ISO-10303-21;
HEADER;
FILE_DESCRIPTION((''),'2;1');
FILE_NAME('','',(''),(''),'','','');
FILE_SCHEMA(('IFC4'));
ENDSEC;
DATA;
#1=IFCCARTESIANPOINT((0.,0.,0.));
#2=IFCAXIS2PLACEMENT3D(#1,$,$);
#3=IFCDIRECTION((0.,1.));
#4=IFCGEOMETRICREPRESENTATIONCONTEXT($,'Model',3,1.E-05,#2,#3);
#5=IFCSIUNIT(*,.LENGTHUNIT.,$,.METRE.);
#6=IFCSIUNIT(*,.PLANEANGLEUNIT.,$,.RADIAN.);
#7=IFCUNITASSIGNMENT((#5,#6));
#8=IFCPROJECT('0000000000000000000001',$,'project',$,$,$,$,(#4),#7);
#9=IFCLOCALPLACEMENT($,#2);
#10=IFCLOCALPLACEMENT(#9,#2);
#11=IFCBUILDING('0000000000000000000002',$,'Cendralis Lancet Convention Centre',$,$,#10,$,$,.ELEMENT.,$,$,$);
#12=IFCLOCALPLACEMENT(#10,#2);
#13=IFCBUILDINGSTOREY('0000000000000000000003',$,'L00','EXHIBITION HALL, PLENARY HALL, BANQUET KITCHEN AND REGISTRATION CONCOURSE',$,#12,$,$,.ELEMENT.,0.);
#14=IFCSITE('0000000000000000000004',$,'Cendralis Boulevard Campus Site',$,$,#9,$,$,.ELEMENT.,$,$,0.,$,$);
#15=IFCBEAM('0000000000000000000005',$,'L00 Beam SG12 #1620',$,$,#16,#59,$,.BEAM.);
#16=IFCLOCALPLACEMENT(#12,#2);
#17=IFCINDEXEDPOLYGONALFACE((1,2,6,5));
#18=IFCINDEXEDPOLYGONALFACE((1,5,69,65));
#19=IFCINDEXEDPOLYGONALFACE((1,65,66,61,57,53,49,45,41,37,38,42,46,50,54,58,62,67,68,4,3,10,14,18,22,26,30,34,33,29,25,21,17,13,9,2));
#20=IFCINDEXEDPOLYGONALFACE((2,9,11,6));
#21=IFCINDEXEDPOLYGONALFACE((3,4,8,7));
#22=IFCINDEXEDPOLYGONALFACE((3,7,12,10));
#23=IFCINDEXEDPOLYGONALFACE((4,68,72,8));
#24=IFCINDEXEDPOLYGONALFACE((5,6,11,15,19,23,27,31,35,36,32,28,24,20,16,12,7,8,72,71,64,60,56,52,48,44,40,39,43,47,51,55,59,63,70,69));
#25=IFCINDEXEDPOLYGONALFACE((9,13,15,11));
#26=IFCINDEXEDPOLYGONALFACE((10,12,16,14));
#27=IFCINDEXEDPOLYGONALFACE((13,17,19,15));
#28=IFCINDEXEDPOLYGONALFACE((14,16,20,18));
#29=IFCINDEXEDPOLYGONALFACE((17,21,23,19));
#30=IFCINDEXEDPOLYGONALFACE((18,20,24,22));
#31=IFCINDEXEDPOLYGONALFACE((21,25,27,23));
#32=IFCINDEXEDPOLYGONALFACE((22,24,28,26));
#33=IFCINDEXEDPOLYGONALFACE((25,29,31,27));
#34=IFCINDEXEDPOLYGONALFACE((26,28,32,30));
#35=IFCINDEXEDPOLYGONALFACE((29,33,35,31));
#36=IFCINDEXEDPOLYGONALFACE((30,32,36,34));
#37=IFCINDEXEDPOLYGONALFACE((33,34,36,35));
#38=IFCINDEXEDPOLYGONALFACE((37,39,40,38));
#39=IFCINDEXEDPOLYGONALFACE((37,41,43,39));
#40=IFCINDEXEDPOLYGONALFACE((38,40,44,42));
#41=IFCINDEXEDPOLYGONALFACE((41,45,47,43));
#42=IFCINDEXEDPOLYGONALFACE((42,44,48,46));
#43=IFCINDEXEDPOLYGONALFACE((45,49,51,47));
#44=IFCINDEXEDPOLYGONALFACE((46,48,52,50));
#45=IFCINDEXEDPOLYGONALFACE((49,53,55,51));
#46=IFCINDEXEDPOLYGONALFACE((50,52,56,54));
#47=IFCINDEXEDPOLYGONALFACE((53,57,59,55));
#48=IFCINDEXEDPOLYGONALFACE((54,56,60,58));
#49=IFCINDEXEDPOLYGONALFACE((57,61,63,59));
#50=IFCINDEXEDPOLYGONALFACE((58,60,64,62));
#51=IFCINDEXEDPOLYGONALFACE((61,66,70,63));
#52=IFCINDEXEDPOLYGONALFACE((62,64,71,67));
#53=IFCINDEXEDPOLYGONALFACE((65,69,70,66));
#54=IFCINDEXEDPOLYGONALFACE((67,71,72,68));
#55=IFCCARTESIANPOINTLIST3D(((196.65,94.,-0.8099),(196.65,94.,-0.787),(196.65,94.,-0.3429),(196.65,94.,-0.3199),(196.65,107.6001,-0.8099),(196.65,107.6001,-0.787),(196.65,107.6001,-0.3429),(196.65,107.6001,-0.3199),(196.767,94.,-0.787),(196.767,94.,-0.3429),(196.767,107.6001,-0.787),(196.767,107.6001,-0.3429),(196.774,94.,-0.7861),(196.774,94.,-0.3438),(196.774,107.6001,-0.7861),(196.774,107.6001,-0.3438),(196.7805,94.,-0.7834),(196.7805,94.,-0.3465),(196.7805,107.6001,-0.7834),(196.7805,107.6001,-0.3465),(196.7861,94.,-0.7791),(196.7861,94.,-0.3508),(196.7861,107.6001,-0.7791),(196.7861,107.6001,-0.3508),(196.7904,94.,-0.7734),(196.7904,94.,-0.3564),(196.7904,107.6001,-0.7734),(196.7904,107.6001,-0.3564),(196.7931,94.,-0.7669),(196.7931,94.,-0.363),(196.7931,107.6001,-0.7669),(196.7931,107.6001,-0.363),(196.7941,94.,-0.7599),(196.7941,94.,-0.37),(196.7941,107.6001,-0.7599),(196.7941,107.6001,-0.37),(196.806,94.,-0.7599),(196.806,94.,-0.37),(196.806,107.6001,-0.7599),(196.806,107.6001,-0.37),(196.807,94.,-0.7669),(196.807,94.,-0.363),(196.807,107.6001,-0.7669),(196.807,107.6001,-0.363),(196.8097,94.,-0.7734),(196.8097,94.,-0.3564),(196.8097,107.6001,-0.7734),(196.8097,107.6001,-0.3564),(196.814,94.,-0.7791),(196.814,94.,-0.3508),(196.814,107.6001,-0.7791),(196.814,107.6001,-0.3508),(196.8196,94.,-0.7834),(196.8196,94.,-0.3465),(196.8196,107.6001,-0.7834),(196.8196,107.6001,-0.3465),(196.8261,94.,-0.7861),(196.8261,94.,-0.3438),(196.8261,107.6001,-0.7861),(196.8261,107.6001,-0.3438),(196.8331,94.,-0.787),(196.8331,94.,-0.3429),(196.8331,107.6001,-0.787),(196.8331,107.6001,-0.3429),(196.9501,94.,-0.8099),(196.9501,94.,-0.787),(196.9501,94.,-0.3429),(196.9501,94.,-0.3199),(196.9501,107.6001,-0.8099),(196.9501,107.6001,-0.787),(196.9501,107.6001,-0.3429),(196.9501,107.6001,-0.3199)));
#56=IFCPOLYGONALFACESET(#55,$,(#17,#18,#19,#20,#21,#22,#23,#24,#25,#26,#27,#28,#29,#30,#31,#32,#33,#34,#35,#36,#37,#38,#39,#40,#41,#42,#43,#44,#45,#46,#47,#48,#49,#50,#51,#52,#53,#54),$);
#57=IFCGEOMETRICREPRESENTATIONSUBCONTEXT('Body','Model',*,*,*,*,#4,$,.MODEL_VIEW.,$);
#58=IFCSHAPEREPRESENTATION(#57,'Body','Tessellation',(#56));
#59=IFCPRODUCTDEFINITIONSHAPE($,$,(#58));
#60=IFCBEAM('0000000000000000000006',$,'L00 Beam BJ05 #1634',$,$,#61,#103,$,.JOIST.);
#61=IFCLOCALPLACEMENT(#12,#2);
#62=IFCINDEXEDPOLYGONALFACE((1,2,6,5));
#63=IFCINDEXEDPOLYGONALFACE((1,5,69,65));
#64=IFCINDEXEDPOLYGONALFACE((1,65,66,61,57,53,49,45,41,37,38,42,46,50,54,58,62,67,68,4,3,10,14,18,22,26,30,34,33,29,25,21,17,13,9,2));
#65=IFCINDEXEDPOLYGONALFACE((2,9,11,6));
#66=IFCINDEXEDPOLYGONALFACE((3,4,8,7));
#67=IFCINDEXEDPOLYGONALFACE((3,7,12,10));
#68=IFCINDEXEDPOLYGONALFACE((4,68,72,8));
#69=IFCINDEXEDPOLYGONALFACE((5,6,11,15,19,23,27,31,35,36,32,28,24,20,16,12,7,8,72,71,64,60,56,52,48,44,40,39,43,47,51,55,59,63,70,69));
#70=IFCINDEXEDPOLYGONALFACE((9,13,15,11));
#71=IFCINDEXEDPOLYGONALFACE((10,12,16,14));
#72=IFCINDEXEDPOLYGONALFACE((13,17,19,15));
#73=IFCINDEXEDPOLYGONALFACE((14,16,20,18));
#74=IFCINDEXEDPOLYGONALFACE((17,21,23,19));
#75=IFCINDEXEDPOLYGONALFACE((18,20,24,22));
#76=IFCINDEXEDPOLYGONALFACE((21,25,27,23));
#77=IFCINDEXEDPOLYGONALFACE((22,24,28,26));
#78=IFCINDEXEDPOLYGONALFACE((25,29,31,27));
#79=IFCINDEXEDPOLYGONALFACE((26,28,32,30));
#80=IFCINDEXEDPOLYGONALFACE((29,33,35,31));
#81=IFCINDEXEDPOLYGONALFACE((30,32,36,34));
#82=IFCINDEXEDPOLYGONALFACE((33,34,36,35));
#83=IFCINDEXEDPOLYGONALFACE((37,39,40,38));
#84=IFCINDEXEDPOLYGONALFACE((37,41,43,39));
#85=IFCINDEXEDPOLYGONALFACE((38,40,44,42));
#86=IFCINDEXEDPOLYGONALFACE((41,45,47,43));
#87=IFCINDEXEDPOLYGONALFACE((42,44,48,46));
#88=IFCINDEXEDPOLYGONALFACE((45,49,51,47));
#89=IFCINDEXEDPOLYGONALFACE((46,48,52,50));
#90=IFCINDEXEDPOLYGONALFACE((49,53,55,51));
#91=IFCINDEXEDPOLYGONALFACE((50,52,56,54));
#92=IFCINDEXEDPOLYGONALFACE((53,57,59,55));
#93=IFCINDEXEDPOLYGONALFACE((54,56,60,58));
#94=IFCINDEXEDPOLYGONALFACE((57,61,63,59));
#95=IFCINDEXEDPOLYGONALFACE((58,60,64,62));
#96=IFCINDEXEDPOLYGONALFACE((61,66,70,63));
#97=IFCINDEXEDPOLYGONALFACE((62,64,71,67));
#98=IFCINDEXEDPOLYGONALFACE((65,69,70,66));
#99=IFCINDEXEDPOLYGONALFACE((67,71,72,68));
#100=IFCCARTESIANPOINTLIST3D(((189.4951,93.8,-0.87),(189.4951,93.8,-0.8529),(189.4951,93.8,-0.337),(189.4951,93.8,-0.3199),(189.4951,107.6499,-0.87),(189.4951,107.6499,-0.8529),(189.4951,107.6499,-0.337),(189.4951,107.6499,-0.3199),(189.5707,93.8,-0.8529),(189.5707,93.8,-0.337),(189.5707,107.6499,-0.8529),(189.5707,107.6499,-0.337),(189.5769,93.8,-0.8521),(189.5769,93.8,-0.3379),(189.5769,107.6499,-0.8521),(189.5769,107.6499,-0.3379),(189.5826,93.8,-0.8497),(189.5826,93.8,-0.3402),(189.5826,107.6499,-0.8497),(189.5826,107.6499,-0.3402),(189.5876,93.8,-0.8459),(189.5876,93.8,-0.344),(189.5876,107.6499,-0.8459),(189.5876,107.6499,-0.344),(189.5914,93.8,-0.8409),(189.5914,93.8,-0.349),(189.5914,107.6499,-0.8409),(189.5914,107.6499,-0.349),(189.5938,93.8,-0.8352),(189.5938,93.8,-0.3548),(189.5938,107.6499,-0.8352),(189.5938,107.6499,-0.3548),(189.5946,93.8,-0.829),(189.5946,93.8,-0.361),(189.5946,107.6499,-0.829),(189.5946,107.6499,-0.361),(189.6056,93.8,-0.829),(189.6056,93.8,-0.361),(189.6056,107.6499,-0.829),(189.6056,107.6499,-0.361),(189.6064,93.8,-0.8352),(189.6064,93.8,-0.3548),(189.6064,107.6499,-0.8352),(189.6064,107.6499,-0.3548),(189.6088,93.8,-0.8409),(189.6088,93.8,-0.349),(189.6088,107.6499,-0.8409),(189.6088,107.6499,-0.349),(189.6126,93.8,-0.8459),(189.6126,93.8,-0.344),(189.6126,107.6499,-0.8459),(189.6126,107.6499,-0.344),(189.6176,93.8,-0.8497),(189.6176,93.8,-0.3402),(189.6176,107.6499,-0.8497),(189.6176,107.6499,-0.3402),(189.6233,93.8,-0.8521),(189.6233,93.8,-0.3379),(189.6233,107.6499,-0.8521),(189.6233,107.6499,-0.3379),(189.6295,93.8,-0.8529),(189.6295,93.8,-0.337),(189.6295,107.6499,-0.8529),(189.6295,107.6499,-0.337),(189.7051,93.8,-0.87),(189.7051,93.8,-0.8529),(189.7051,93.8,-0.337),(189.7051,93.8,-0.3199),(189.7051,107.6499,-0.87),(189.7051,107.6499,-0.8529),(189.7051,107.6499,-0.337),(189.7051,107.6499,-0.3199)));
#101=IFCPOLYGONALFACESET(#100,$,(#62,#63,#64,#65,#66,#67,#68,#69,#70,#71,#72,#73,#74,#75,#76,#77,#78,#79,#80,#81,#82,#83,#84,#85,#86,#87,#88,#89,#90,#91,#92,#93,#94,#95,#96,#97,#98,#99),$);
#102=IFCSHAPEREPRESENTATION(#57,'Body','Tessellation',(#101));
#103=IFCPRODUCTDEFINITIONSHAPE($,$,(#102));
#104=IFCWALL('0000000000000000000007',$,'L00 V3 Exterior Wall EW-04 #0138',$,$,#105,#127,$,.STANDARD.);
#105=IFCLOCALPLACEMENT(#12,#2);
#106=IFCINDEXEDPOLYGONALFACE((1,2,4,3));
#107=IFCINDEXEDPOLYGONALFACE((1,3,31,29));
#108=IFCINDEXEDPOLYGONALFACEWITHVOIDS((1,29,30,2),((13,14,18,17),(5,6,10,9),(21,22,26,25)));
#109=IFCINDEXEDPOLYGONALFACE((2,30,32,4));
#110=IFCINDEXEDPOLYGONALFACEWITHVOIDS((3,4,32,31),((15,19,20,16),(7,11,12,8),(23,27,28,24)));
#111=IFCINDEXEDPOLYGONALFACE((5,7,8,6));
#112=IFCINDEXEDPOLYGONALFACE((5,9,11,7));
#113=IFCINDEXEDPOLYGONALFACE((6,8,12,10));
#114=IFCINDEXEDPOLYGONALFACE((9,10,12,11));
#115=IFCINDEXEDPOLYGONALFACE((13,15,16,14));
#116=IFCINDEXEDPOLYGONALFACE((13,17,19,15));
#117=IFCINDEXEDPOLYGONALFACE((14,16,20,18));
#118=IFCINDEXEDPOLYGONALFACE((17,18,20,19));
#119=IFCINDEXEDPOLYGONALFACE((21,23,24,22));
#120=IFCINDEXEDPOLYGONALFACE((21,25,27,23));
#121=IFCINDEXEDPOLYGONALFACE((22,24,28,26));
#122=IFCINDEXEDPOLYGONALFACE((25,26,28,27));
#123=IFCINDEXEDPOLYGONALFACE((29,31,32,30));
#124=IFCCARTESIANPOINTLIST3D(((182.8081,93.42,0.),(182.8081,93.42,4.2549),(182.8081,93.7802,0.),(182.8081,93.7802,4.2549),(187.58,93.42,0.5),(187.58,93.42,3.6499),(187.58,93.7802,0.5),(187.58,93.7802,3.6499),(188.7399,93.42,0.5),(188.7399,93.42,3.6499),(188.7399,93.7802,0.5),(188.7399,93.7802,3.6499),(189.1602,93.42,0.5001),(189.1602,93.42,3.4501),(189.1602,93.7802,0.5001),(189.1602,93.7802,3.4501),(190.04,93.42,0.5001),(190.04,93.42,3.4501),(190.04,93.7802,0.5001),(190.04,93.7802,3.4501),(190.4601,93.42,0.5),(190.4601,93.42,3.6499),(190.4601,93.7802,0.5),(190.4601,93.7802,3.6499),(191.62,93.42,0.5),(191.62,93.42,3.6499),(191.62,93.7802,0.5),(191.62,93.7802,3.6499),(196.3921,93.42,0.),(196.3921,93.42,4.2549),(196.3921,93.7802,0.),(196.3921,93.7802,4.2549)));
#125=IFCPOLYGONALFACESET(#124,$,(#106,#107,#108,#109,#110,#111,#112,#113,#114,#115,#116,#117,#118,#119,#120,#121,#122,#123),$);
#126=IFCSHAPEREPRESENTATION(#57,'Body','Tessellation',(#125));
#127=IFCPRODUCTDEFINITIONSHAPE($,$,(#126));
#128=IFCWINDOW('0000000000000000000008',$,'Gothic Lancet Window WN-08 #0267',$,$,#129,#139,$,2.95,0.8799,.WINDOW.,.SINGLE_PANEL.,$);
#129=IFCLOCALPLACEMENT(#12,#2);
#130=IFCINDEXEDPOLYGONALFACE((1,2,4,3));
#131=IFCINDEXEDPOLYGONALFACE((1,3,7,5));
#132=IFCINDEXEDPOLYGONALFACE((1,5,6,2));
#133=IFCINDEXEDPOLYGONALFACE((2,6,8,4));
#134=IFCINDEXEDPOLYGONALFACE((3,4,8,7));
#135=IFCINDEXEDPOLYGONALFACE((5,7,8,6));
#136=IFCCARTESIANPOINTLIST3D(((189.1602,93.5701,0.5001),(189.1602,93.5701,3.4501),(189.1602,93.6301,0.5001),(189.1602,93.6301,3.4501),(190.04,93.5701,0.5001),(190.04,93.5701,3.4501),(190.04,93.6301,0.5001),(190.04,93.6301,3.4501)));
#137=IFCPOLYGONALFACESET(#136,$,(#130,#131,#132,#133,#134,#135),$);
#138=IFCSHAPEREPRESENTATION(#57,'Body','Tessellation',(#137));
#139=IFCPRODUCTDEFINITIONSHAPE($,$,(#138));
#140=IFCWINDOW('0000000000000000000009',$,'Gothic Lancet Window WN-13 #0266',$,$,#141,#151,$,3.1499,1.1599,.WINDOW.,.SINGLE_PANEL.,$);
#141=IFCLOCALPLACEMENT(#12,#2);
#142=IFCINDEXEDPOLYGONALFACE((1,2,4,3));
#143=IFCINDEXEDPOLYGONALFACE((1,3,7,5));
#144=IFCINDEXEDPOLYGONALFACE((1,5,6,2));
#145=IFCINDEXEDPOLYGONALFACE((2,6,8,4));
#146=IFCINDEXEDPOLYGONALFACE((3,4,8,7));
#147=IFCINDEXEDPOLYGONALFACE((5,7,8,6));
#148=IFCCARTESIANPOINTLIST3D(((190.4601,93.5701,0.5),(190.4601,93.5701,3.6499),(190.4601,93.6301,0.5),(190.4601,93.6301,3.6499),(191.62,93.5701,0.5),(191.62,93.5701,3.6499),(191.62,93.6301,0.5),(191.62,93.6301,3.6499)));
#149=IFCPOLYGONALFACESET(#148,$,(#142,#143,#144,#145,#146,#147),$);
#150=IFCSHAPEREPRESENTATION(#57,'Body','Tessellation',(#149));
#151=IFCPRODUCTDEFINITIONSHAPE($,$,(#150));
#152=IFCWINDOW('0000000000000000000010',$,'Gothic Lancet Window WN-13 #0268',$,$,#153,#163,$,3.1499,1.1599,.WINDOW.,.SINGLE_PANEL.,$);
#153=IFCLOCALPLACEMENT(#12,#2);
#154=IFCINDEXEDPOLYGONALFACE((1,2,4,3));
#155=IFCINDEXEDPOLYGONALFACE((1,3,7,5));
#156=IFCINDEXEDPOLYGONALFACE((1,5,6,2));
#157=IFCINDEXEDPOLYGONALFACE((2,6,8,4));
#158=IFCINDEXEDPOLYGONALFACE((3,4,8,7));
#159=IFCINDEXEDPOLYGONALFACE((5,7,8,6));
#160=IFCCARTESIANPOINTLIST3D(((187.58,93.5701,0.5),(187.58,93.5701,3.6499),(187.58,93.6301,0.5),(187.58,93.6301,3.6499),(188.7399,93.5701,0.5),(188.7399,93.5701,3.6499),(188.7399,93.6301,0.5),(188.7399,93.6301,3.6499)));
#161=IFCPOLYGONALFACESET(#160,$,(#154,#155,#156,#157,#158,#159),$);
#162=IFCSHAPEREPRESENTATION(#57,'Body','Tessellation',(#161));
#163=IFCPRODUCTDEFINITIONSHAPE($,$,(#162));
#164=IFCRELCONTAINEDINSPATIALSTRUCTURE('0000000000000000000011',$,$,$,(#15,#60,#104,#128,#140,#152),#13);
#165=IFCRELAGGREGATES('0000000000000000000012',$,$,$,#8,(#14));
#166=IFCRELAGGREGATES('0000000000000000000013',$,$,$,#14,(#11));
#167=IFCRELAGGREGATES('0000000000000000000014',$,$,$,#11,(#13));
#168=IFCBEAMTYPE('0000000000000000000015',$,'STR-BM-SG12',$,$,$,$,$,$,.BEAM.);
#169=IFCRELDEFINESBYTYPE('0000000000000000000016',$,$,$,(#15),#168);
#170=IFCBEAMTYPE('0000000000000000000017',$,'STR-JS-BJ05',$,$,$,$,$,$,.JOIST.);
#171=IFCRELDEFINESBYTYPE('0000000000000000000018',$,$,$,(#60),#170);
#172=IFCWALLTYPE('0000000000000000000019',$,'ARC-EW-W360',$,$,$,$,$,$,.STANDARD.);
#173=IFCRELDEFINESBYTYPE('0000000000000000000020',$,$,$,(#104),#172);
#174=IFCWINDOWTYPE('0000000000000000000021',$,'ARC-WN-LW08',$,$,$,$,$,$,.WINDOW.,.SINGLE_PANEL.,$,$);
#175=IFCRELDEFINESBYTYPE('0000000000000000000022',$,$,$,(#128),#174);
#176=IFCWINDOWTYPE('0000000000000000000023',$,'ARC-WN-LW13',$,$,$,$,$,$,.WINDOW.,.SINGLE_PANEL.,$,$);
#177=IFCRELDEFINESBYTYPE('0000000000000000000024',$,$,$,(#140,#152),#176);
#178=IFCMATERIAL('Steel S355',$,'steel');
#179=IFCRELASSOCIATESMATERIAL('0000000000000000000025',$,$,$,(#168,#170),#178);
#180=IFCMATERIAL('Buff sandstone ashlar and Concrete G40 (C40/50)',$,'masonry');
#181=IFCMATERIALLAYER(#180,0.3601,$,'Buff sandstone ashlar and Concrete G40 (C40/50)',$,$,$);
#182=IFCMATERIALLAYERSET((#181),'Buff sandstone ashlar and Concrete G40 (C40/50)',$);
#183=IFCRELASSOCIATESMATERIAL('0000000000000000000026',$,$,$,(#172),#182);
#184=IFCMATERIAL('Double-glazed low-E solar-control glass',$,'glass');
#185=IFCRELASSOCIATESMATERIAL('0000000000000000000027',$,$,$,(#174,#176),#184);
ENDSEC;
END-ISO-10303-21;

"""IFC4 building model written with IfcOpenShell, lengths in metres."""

from ifc_helpers import new_model, si_unit, direction, frame, frame_2d, origin, origin_2d, place, context, subcontext, project, spatial, rectangle, i_section, extrude, material, layer, layer_set, material_profile, profile_set, type_object, element, fill, save


model = new_model("IFC4")

# Units and contexts
model_context = context("Model", 3, precision=1e-05, world=origin(), true_north=direction((0.0, 1.0)))
body_context = subcontext(model_context, "Body", "Model", "MODEL_VIEW")
ifc_project = project(units=[si_unit("LENGTHUNIT", "METRE"), si_unit("PLANEANGLEUNIT", "RADIAN")], contexts=[model_context])

# Site, building, storey
site_placement = place(None, origin())
site = spatial("IfcSite", under=ifc_project, at=site_placement, Name="Cendralis Boulevard Campus Site", CompositionType="ELEMENT", RefElevation=0.0)
building_placement = place(site_placement, origin())
building = spatial("IfcBuilding", under=site, at=building_placement, Name="Cendralis Lancet Convention Centre", CompositionType="ELEMENT")
storey_placement = place(building_placement, origin())
storey = spatial("IfcBuildingStorey", under=building, at=storey_placement, Name="L00", Description="EXHIBITION HALL, PLENARY HALL, BANQUET KITCHEN AND REGISTRATION CONCOURSE", CompositionType="ELEMENT", Elevation=0.0)

# Beams
ifc_material_1 = material(Name="Steel S355", Category="steel")
ifc_material_profile_1 = material_profile(ifc_material_1, i_section(OverallWidth=0.3, OverallDepth=0.49, WebThickness=0.012, FlangeThickness=0.0229, FilletRadius=0.0271, at=origin_2d()), Name="HEA 500")
ifc_profile_set_1 = profile_set([ifc_material_profile_1], Name="Steel S355")
beam_type_1 = type_object("IfcBeamType", Name="STR-BM-SG12", PredefinedType="BEAM", material=ifc_profile_set_1)
beam_1_placement = place(storey_placement, frame((196.8, 94.0, -0.5649), z_axis=(0.0, 1.0, 0.0), x_axis=(-1.0, 0.0, 0.0)))
element("IfcBeam", 1, at=beam_1_placement, inside=storey, type_object=beam_type_1, Name="L00 Beam SG12 #1620", PredefinedType="BEAM", context=body_context, shape_type="SweptSolid", body=[
    extrude(i_section(OverallWidth=0.3, OverallDepth=0.49, WebThickness=0.012, FlangeThickness=0.0229, FilletRadius=0.0271, at=origin_2d()), origin(), (0.0, 0.0, 1.0), 13.6001),
])
ifc_material_profile_2 = material_profile(ifc_material_1, i_section(OverallWidth=0.21, OverallDepth=0.55, WebThickness=0.011, FlangeThickness=0.0171, FilletRadius=0.0239, at=origin_2d()), Name="IPE 550")
ifc_profile_set_2 = profile_set([ifc_material_profile_2], Name="Steel S355")
beam_type_2 = type_object("IfcBeamType", Name="STR-JS-BJ05", PredefinedType="JOIST", material=ifc_profile_set_2)
beam_2_placement = place(storey_placement, frame((189.6001, 93.8, -0.595), z_axis=(0.0, 1.0, 0.0), x_axis=(-1.0, 0.0, 0.0)))
element("IfcBeam", 2, at=beam_2_placement, inside=storey, type_object=beam_type_2, Name="L00 Beam BJ05 #1634", PredefinedType="JOIST", context=body_context, shape_type="SweptSolid", body=[
    extrude(i_section(OverallWidth=0.21, OverallDepth=0.55, WebThickness=0.011, FlangeThickness=0.0171, FilletRadius=0.0239, at=origin_2d()), origin(), (0.0, 0.0, 1.0), 13.8499),
])

# Wall, openings, windows
ifc_material_2 = material(Name="Buff sandstone ashlar and Concrete G40 (C40/50)", Category="masonry")
ifc_layer_1 = layer(ifc_material_2, 0.3601, Name="Buff sandstone ashlar and Concrete G40 (C40/50)")
ifc_layer_set_1 = layer_set([ifc_layer_1], Name="Buff sandstone ashlar and Concrete G40 (C40/50)")
wall_type_1 = type_object("IfcWallType", Name="ARC-EW-W360", PredefinedType="STANDARD", material=ifc_layer_set_1)
wall_1_placement = place(storey_placement, frame((196.3921, 93.6001, 0.0), z_axis=(0.0, 0.0, 1.0), x_axis=(-1.0, 0.0, 0.0)))
wall_1 = element("IfcWall", 3, at=wall_1_placement, inside=storey, type_object=wall_type_1, Name="L00 V3 Exterior Wall EW-04 #0138", PredefinedType="STANDARD", context=body_context, shape_type="SweptSolid", body=[
    extrude(rectangle(XDim=13.584, YDim=0.3601, at=frame_2d((6.792, 0.0))), origin(), (0.0, 0.0, 1.0), 4.2549),
])
opening_1_placement = place(wall_1_placement, frame((4.772, 0.0, 0.5)))
opening_1 = element("IfcOpeningElement", 4, at=opening_1_placement, cuts=wall_1, PredefinedType="OPENING", context=body_context, shape_type="SweptSolid", body=[
    extrude(rectangle(XDim=1.1599, YDim=3.1499, at=frame_2d((0.5801, 1.575))), frame((0.0, 0.1899, 0.0), z_axis=(0.0, -1.0, 0.0), x_axis=(1.0, 0.0, 0.0)), (0.0, 0.0, 1.0), 0.3801),
])
opening_2_placement = place(wall_1_placement, frame((6.3521, 0.0, 0.5)))
opening_2 = element("IfcOpeningElement", 5, at=opening_2_placement, cuts=wall_1, PredefinedType="OPENING", context=body_context, shape_type="SweptSolid", body=[
    extrude(rectangle(XDim=0.8799, YDim=2.95, at=frame_2d((0.4399, 1.4751))), frame((0.0, 0.1899, 0.0), z_axis=(0.0, -1.0, 0.0), x_axis=(1.0, 0.0, 0.0)), (0.0, 0.0, 1.0), 0.3801),
])
opening_3_placement = place(wall_1_placement, frame((7.6521, 0.0, 0.5)))
opening_3 = element("IfcOpeningElement", 6, at=opening_3_placement, cuts=wall_1, PredefinedType="OPENING", context=body_context, shape_type="SweptSolid", body=[
    extrude(rectangle(XDim=1.1599, YDim=3.1499, at=frame_2d((0.5801, 1.575))), frame((0.0, 0.1899, 0.0), z_axis=(0.0, -1.0, 0.0), x_axis=(1.0, 0.0, 0.0)), (0.0, 0.0, 1.0), 0.3801),
])
ifc_material_3 = material(Name="Double-glazed low-E solar-control glass", Category="glass")
window_type_1 = type_object("IfcWindowType", Name="ARC-WN-LW08", PartitioningType="SINGLE_PANEL", PredefinedType="WINDOW", material=ifc_material_3)
window_1_placement = place(opening_2_placement, origin())
window_1 = element("IfcWindow", 7, at=window_1_placement, inside=storey, type_object=window_type_1, Name="Gothic Lancet Window WN-08 #0267", OverallHeight=2.95, OverallWidth=0.8799, PartitioningType="SINGLE_PANEL", PredefinedType="WINDOW", context=body_context, shape_type="SweptSolid", body=[
    extrude(rectangle(XDim=0.8799, YDim=2.95, at=frame_2d((0.4399, 1.4751))), frame((0.0, 0.03, 0.0), z_axis=(0.0, -1.0, 0.0), x_axis=(1.0, 0.0, 0.0)), (0.0, 0.0, 1.0), 0.0601),
])
fill(opening_2, window_1)
window_type_2 = type_object("IfcWindowType", Name="ARC-WN-LW13", PartitioningType="SINGLE_PANEL", PredefinedType="WINDOW", material=ifc_material_3)
window_2_placement = place(opening_1_placement, origin())
window_2 = element("IfcWindow", 8, at=window_2_placement, inside=storey, type_object=window_type_2, Name="Gothic Lancet Window WN-13 #0266", OverallHeight=3.1499, OverallWidth=1.1599, PartitioningType="SINGLE_PANEL", PredefinedType="WINDOW", context=body_context, shape_type="SweptSolid", body=[
    extrude(rectangle(XDim=1.1599, YDim=3.1499, at=frame_2d((0.5801, 1.575))), frame((0.0, 0.03, 0.0), z_axis=(0.0, -1.0, 0.0), x_axis=(1.0, 0.0, 0.0)), (0.0, 0.0, 1.0), 0.0601),
])
fill(opening_1, window_2)
window_3_placement = place(opening_3_placement, origin())
window_3 = element("IfcWindow", 9, at=window_3_placement, inside=storey, type_object=window_type_2, Name="Gothic Lancet Window WN-13 #0268", OverallHeight=3.1499, OverallWidth=1.1599, PartitioningType="SINGLE_PANEL", PredefinedType="WINDOW", context=body_context, shape_type="SweptSolid", body=[
    extrude(rectangle(XDim=1.1599, YDim=3.1499, at=frame_2d((0.5801, 1.575))), frame((0.0, 0.03, 0.0), z_axis=(0.0, -1.0, 0.0), x_axis=(1.0, 0.0, 0.0)), (0.0, 0.0, 1.0), 0.0601),
])
fill(opening_3, window_3)

save(model, "model.ifc")
